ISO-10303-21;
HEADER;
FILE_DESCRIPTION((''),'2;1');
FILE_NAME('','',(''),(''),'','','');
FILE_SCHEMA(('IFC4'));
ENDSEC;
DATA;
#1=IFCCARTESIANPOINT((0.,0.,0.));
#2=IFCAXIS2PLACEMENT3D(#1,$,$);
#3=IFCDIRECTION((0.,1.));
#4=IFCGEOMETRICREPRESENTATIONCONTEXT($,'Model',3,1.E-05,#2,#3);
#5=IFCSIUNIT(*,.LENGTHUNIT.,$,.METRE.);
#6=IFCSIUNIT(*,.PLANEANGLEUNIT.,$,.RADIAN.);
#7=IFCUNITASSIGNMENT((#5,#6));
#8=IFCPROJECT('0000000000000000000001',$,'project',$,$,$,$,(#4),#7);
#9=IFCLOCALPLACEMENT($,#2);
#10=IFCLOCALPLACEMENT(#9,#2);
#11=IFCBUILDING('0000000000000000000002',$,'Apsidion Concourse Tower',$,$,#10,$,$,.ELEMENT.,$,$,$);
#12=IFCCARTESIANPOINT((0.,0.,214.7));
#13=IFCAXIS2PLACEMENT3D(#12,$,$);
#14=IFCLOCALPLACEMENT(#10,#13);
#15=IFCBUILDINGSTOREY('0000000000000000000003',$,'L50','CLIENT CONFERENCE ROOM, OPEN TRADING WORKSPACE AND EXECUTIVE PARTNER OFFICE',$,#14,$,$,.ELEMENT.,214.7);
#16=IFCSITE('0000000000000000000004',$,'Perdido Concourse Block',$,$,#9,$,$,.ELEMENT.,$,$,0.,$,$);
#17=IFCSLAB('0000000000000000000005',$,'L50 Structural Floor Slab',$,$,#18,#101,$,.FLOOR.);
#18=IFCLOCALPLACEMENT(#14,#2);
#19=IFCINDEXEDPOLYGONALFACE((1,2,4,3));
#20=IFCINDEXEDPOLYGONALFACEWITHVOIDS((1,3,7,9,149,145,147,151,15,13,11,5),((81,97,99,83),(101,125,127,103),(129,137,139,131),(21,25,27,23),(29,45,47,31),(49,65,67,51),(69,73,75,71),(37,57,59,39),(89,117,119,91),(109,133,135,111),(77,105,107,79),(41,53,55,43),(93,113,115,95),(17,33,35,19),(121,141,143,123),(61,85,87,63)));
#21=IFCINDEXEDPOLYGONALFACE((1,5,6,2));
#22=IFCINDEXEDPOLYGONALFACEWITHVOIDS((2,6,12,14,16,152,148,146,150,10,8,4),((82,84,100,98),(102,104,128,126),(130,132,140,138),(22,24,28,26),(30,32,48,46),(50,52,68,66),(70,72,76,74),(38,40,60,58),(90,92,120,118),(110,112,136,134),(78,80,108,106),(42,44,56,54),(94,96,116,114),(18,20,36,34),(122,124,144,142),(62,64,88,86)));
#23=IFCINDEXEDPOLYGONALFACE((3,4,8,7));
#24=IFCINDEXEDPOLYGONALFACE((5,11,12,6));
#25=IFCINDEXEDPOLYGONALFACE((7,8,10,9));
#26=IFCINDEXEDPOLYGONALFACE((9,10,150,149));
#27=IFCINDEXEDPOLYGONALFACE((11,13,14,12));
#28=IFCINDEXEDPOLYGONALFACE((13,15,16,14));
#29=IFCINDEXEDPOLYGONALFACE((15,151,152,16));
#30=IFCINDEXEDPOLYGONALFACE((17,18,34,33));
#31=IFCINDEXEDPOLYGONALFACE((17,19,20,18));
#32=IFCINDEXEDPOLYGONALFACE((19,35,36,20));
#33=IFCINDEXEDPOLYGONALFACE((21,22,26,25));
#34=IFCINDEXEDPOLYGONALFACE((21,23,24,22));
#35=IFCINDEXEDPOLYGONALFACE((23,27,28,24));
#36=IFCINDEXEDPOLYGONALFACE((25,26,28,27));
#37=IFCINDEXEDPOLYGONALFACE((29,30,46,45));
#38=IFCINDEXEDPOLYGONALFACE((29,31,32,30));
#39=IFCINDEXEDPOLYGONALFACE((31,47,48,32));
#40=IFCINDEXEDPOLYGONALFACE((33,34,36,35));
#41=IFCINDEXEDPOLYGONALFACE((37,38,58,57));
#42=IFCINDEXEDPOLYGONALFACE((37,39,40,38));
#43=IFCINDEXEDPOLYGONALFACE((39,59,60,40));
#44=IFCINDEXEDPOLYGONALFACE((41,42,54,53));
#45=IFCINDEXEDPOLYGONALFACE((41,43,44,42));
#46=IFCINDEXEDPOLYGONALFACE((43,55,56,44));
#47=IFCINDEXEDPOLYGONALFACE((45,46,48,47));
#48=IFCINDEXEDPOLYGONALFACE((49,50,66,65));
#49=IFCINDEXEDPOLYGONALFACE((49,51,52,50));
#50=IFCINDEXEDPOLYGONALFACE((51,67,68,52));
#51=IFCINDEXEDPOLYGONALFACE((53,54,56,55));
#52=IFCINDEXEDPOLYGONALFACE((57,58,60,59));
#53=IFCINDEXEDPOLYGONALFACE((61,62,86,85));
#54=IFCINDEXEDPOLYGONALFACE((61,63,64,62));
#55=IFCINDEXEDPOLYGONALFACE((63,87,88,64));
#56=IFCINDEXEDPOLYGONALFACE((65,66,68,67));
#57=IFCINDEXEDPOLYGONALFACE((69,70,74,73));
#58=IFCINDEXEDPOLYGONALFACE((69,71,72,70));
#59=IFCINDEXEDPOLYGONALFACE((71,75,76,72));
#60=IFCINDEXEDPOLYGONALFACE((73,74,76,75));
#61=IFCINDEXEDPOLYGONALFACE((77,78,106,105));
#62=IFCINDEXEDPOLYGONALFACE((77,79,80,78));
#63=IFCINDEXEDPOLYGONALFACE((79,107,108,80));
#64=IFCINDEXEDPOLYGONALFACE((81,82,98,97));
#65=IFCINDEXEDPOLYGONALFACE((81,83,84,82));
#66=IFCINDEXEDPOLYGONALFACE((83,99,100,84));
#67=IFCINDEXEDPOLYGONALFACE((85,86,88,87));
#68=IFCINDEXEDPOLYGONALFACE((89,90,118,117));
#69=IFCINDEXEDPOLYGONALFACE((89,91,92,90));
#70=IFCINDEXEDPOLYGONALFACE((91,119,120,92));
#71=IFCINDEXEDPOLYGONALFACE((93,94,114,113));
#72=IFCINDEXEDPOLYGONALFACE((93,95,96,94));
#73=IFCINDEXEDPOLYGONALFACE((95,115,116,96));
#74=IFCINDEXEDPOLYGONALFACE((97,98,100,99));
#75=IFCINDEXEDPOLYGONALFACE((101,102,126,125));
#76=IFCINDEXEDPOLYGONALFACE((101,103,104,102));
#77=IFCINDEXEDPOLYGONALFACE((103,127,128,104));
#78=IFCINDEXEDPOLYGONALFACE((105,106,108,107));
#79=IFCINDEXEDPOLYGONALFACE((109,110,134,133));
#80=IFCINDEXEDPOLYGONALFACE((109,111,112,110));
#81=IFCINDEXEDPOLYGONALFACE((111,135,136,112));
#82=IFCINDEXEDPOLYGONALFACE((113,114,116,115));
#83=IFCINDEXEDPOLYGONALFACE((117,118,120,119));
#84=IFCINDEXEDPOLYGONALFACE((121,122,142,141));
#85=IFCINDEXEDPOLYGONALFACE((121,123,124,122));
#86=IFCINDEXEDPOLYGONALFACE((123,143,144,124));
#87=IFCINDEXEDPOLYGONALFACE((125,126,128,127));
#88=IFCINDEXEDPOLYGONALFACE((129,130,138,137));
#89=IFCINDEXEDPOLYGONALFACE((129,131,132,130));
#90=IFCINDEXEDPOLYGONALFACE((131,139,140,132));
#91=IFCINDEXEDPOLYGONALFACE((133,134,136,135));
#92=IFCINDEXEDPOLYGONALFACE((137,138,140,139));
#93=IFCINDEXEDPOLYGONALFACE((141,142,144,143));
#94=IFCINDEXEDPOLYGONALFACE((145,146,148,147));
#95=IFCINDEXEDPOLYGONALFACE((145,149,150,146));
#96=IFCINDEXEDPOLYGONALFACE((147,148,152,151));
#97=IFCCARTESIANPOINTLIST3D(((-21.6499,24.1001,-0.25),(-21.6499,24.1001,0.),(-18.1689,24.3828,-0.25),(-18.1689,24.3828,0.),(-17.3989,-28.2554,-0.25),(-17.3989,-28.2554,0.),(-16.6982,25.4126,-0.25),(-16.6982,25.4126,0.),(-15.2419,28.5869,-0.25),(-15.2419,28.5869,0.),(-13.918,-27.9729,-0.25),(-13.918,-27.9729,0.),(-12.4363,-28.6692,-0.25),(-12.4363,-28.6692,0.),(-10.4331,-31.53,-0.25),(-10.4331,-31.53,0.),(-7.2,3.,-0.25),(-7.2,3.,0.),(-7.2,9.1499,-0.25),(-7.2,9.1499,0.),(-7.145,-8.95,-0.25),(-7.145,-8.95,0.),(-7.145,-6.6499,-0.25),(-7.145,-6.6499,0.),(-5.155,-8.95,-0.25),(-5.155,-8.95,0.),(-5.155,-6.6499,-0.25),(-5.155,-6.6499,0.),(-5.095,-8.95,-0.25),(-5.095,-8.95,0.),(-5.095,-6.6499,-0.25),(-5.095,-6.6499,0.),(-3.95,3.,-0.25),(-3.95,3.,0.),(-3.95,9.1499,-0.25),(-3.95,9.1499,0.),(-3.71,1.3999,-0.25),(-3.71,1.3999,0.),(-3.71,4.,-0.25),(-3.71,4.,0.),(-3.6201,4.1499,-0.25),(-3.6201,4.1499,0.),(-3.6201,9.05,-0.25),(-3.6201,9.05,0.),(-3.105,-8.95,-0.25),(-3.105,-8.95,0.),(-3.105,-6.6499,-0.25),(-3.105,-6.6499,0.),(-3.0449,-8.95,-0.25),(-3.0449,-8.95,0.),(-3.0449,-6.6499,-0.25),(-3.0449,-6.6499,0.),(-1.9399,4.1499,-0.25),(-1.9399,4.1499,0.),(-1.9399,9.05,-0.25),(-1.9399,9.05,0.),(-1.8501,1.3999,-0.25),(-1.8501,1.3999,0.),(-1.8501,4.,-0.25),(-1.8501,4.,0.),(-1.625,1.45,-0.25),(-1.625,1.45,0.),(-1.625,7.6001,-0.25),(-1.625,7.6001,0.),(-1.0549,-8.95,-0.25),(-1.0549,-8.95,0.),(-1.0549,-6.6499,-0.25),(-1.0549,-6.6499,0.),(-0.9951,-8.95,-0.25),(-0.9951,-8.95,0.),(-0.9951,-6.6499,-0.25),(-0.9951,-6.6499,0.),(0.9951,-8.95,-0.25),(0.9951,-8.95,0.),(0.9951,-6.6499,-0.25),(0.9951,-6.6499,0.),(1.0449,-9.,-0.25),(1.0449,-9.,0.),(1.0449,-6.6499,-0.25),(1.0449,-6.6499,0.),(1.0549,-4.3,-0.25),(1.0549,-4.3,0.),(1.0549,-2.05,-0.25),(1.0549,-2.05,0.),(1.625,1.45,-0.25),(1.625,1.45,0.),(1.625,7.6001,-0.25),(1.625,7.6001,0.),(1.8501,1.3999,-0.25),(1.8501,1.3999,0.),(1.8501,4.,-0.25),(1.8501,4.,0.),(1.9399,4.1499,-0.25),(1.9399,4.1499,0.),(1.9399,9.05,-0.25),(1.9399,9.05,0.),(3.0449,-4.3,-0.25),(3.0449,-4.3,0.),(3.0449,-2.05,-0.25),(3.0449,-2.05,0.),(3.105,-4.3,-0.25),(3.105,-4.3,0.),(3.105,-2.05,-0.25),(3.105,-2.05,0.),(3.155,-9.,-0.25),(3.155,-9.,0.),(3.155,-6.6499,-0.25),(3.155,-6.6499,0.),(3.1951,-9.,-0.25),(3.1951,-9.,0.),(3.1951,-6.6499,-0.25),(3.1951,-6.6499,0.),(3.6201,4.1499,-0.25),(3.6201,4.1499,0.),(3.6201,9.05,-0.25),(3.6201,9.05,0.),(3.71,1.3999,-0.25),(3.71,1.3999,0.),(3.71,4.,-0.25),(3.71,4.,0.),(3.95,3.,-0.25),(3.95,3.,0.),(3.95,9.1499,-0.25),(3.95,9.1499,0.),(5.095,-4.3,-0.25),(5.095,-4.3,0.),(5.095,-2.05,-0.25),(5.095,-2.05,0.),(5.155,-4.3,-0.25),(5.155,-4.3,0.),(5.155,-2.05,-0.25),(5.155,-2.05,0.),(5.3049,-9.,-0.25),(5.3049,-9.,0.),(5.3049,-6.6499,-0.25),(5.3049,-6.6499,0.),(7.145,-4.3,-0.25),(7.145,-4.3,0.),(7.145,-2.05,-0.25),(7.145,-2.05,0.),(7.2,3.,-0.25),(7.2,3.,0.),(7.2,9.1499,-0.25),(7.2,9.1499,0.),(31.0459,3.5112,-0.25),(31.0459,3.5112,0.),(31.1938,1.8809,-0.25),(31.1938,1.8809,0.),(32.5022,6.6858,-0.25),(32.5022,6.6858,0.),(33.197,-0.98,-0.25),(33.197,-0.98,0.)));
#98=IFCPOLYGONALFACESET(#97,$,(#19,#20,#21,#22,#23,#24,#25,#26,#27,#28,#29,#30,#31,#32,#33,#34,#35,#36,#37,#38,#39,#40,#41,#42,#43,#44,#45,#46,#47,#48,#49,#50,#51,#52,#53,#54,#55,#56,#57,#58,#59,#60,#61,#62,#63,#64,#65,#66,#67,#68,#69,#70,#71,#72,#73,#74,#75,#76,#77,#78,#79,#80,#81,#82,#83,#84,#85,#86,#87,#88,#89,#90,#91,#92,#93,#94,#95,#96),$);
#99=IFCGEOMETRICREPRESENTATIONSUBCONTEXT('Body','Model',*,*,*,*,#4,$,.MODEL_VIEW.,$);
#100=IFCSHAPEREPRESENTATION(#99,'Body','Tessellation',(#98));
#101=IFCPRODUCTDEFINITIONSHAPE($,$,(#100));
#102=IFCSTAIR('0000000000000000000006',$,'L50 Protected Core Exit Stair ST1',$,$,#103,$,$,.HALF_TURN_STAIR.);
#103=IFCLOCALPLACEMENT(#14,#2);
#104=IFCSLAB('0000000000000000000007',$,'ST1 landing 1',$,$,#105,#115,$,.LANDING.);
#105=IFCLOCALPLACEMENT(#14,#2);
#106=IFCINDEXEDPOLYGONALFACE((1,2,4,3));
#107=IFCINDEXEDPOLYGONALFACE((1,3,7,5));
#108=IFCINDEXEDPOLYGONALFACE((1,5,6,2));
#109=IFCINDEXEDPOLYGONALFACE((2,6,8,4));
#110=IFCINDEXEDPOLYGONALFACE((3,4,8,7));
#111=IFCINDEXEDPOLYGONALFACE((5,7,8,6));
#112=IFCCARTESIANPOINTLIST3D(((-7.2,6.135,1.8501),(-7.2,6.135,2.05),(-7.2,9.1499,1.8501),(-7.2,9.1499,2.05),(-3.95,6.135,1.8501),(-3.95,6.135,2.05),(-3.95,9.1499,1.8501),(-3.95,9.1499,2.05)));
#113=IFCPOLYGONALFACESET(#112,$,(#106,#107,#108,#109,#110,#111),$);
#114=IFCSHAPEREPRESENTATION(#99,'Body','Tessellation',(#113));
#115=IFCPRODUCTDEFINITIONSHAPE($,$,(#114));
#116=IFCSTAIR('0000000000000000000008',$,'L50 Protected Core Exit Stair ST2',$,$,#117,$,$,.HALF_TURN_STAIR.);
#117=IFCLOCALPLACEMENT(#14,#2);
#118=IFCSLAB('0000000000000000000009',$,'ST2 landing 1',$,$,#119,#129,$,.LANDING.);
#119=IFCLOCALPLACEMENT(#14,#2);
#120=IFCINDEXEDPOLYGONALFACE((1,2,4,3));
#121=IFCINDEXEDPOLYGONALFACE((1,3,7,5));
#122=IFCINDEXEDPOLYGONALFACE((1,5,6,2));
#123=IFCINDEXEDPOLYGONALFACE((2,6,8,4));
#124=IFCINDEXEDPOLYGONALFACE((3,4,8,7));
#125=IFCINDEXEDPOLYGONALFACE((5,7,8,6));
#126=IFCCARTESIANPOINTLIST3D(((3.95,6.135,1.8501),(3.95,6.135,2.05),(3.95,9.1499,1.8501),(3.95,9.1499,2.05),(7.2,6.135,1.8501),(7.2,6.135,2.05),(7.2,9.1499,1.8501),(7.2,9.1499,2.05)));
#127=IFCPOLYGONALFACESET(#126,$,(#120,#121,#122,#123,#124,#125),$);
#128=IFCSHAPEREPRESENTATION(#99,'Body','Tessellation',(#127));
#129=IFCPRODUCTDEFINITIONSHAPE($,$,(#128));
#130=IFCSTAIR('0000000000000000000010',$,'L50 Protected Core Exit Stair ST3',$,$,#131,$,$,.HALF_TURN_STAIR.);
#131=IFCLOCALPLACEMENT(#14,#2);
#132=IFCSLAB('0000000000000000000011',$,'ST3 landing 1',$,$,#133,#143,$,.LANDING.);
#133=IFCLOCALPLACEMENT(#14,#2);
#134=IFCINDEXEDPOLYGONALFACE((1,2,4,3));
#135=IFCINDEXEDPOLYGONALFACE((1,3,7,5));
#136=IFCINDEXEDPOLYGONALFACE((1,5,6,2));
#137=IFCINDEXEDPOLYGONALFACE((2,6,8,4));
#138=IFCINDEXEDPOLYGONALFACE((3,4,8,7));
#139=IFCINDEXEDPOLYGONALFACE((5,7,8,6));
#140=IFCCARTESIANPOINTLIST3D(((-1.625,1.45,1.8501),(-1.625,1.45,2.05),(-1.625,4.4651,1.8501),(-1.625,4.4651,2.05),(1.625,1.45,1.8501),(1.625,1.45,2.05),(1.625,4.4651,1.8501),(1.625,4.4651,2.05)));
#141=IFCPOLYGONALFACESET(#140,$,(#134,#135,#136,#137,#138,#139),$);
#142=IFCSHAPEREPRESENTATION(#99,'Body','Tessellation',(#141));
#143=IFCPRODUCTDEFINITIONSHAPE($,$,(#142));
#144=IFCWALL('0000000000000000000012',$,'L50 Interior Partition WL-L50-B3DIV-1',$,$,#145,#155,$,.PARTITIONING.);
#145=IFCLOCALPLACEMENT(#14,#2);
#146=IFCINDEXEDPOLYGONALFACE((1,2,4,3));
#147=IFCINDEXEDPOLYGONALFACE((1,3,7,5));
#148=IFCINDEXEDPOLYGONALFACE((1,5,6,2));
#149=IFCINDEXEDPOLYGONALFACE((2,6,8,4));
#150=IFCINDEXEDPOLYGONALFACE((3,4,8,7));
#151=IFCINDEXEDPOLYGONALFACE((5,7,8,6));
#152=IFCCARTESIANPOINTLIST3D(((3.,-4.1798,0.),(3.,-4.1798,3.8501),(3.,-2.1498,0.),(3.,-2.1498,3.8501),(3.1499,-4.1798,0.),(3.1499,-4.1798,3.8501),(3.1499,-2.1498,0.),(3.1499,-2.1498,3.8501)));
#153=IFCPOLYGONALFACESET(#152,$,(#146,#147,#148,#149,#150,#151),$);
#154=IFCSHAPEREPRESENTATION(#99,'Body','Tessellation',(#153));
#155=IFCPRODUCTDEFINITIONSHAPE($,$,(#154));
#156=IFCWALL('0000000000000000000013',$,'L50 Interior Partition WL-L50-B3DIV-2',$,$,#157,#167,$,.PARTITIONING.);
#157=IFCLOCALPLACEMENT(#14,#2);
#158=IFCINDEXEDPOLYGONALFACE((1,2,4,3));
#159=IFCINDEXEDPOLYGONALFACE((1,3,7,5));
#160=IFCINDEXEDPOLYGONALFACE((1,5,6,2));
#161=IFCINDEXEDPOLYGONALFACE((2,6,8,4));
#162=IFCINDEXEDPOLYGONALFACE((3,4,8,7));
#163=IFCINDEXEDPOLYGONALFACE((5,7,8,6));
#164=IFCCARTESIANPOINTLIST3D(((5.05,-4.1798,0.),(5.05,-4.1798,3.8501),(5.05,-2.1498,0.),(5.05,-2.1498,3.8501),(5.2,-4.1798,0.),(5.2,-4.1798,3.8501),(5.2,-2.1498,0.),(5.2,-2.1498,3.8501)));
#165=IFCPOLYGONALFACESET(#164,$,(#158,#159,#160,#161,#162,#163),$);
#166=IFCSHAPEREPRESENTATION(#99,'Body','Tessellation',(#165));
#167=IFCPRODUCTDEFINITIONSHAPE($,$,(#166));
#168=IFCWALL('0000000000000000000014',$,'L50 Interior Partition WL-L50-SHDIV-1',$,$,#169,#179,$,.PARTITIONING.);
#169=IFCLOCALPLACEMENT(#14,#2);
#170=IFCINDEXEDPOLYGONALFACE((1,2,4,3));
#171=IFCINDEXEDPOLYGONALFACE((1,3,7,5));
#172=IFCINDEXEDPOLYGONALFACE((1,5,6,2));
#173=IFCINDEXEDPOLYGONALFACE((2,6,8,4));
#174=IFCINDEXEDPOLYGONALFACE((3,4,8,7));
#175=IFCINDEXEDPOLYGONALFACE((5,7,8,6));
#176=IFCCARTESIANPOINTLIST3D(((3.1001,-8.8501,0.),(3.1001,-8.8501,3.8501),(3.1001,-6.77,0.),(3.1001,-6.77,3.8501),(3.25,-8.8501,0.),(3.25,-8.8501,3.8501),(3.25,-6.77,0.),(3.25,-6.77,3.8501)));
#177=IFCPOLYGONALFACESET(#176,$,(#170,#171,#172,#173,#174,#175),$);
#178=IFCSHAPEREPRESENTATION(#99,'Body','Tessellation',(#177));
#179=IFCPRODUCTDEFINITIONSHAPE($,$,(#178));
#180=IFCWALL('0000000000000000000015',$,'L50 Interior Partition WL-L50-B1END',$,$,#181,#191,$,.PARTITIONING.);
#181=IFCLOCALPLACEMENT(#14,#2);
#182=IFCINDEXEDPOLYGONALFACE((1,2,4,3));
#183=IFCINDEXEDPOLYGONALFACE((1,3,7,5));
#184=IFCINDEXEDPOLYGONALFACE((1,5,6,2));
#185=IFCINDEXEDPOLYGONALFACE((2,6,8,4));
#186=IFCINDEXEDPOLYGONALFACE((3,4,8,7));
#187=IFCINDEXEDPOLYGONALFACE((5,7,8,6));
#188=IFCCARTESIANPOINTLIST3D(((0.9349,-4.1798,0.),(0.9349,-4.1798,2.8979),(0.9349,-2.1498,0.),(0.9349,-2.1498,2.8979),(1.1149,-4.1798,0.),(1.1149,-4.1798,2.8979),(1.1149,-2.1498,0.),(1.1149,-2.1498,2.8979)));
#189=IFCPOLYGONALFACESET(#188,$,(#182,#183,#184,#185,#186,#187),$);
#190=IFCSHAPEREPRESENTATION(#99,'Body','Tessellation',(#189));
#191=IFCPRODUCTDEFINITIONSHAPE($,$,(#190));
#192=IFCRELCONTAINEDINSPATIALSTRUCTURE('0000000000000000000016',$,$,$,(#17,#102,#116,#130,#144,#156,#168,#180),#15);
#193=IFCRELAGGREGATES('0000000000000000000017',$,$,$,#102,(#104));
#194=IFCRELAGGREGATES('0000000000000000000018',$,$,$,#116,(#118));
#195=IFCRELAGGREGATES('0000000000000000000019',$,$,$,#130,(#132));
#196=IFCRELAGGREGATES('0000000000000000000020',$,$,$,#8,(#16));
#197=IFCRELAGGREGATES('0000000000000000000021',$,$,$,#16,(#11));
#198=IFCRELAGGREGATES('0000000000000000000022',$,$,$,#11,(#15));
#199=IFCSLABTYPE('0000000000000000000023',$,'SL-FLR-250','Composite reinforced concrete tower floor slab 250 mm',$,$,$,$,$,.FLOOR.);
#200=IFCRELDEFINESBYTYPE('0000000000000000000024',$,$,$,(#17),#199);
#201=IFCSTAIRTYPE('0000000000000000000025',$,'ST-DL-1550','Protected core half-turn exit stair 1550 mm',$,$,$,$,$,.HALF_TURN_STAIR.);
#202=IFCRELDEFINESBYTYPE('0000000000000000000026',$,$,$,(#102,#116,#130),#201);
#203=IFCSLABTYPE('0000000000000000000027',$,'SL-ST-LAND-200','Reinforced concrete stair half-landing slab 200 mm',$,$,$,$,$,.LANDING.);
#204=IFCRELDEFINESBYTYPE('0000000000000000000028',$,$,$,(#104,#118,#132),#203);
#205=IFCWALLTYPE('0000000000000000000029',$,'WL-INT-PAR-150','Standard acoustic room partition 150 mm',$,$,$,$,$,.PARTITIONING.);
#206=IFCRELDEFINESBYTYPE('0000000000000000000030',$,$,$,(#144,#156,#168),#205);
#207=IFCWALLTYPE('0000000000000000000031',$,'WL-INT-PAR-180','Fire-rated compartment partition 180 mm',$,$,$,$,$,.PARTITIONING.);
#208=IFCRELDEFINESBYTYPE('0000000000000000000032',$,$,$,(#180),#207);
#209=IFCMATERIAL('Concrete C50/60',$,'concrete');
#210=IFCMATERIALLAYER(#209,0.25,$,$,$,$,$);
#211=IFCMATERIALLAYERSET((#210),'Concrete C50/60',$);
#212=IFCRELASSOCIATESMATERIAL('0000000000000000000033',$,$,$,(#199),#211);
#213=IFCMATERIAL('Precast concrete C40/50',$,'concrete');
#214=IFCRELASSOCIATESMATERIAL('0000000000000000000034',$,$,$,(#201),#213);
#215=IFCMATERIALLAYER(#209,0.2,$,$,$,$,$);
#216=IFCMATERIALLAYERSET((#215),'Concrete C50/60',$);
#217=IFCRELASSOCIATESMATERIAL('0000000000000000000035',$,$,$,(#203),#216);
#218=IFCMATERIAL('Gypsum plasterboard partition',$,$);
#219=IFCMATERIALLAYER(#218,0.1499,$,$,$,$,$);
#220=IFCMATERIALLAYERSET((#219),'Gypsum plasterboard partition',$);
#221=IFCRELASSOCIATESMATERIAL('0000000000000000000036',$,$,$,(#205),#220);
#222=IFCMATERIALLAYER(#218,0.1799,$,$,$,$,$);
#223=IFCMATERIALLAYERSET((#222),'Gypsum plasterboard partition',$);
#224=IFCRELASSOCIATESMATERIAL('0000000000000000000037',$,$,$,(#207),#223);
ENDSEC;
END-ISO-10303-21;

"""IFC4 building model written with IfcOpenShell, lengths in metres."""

from ifc_helpers import new_model, si_unit, direction, frame, frame_2d, origin, place, context, subcontext, project, spatial, polyline, rectangle, outline, extrude, material, layer, layer_set, type_object, element, aggregate, save


model = new_model("IFC4")

# Units and contexts
model_context = context("Model", 3, precision=1e-05, world=origin(), true_north=direction((0.0, 1.0)))
body_context = subcontext(model_context, "Body", "Model", "MODEL_VIEW")
ifc_project = project(units=[si_unit("LENGTHUNIT", "METRE"), si_unit("PLANEANGLEUNIT", "RADIAN")], contexts=[model_context])

# Site, building, storey
site_placement = place(None, origin())
site = spatial("IfcSite", under=ifc_project, at=site_placement, Name="Perdido Concourse Block", CompositionType="ELEMENT", RefElevation=0.0)
building_placement = place(site_placement, origin())
building = spatial("IfcBuilding", under=site, at=building_placement, Name="Apsidion Concourse Tower", CompositionType="ELEMENT")
storey_placement = place(building_placement, frame((0.0, 0.0, 214.7)))
storey = spatial("IfcBuildingStorey", under=building, at=storey_placement, Name="L50", Description="CLIENT CONFERENCE ROOM, OPEN TRADING WORKSPACE AND EXECUTIVE PARTNER OFFICE", CompositionType="ELEMENT", Elevation=214.7)

# Shared definitions
ifc_material_1 = material(Name="Concrete C50/60", Category="concrete")

# Slab
ifc_layer_1 = layer(ifc_material_1, 0.25)
ifc_layer_set_1 = layer_set([ifc_layer_1], Name="Concrete C50/60")
slab_type_1 = type_object("IfcSlabType", Name="SL-FLR-250", Description="Composite reinforced concrete tower floor slab 250 mm", PredefinedType="FLOOR", material=ifc_layer_set_1)
slab_1_placement = place(storey_placement, frame((0.0, 0.0, -0.25)))
element("IfcSlab", 1, at=slab_1_placement, inside=storey, type_object=slab_type_1, Name="L50 Structural Floor Slab", PredefinedType="FLOOR", context=body_context, shape_type="SweptSolid", body=[
    extrude(outline(polyline([(-15.2419, 28.5869), (-16.6982, 25.4126), (-18.1689, 24.3828), (-21.6499, 24.1001), (-17.3989, -28.2554), (-13.918, -27.9729), (-12.4363, -28.6692), (-10.4331, -31.53), (33.197, -0.98), (31.1938, 1.8809), (31.0459, 3.5112), (32.5022, 6.6858), (-15.2419, 28.5869)]), holes=[polyline([(-3.95, 3.0), (-3.95, 9.1499), (-7.2, 9.1499), (-7.2, 3.0), (-3.95, 3.0)]), polyline([(7.2, 3.0), (7.2, 9.1499), (3.95, 9.1499), (3.95, 3.0), (7.2, 3.0)]), polyline([(-1.625, 7.6001), (-1.625, 1.45), (1.625, 1.45), (1.625, 7.6001), (-1.625, 7.6001)]), polyline([(1.0549, -4.3), (3.0449, -4.3), (3.0449, -2.05), (1.0549, -2.05), (1.0549, -4.3)]), polyline([(3.105, -4.3), (5.095, -4.3), (5.095, -2.05), (3.105, -2.05), (3.105, -4.3)]), polyline([(5.155, -4.3), (7.145, -4.3), (7.145, -2.05), (5.155, -2.05), (5.155, -4.3)]), polyline([(-7.145, -8.95), (-5.155, -8.95), (-5.155, -6.6499), (-7.145, -6.6499), (-7.145, -8.95)]), polyline([(-5.095, -8.95), (-3.105, -8.95), (-3.105, -6.6499), (-5.095, -6.6499), (-5.095, -8.95)]), polyline([(-3.0449, -8.95), (-1.0549, -8.95), (-1.0549, -6.6499), (-3.0449, -6.6499), (-3.0449, -8.95)]), polyline([(-0.9951, -8.95), (0.9951, -8.95), (0.9951, -6.6499), (-0.9951, -6.6499), (-0.9951, -8.95)]), polyline([(1.0449, -9.0), (3.155, -9.0), (3.155, -6.6499), (1.0449, -6.6499), (1.0449, -9.0)]), polyline([(3.1951, -9.0), (5.3049, -9.0), (5.3049, -6.6499), (3.1951, -6.6499), (3.1951, -9.0)]), polyline([(-3.71, 1.3999), (-1.8501, 1.3999), (-1.8501, 4.0), (-3.71, 4.0), (-3.71, 1.3999)]), polyline([(1.8501, 1.3999), (3.71, 1.3999), (3.71, 4.0), (1.8501, 4.0), (1.8501, 1.3999)]), polyline([(-3.6201, 4.1499), (-1.9399, 4.1499), (-1.9399, 9.05), (-3.6201, 9.05), (-3.6201, 4.1499)]), polyline([(1.9399, 4.1499), (3.6201, 4.1499), (3.6201, 9.05), (1.9399, 9.05), (1.9399, 4.1499)])]), origin(), (0.0, 0.0, 1.0), 0.25),
])

# Stairs, slabs
ifc_material_2 = material(Name="Precast concrete C40/50", Category="concrete")
stair_type = type_object("IfcStairType", Name="ST-DL-1550", Description="Protected core half-turn exit stair 1550 mm", PredefinedType="HALF_TURN_STAIR", material=ifc_material_2)
stair_1_placement = place(storey_placement, origin())
stair_1 = element("IfcStair", 2, at=stair_1_placement, inside=storey, type_object=stair_type, Name="L50 Protected Core Exit Stair ST1", PredefinedType="HALF_TURN_STAIR")
ifc_layer_2 = layer(ifc_material_1, 0.2)
ifc_layer_set_2 = layer_set([ifc_layer_2], Name="Concrete C50/60")
slab_type_2 = type_object("IfcSlabType", Name="SL-ST-LAND-200", Description="Reinforced concrete stair half-landing slab 200 mm", PredefinedType="LANDING", material=ifc_layer_set_2)
slab_2_placement = place(storey_placement, frame((0.0, 0.0, 1.8501)))
slab_2 = element("IfcSlab", 3, at=slab_2_placement, type_object=slab_type_2, Name="ST1 landing 1", PredefinedType="LANDING", context=body_context, shape_type="SweptSolid", body=[
    extrude(outline(polyline([(-3.95, 6.135), (-3.95, 9.1499), (-7.2, 9.1499), (-7.2, 6.135), (-3.95, 6.135)])), origin(), (0.0, 0.0, 1.0), 0.2),
])
aggregate(stair_1, [slab_2])
stair_2_placement = place(storey_placement, origin())
stair_2 = element("IfcStair", 4, at=stair_2_placement, inside=storey, type_object=stair_type, Name="L50 Protected Core Exit Stair ST2", PredefinedType="HALF_TURN_STAIR")
slab_3_placement = place(storey_placement, frame((0.0, 0.0, 1.8501)))
slab_3 = element("IfcSlab", 5, at=slab_3_placement, type_object=slab_type_2, Name="ST2 landing 1", PredefinedType="LANDING", context=body_context, shape_type="SweptSolid", body=[
    extrude(outline(polyline([(7.2, 6.135), (7.2, 9.1499), (3.95, 9.1499), (3.95, 6.135), (7.2, 6.135)])), origin(), (0.0, 0.0, 1.0), 0.2),
])
aggregate(stair_2, [slab_3])
stair_3_placement = place(storey_placement, origin())
stair_3 = element("IfcStair", 6, at=stair_3_placement, inside=storey, type_object=stair_type, Name="L50 Protected Core Exit Stair ST3", PredefinedType="HALF_TURN_STAIR")
slab_4_placement = place(storey_placement, frame((0.0, 0.0, 1.8501)))
slab_4 = element("IfcSlab", 7, at=slab_4_placement, type_object=slab_type_2, Name="ST3 landing 1", PredefinedType="LANDING", context=body_context, shape_type="SweptSolid", body=[
    extrude(outline(polyline([(-1.625, 4.4651), (-1.625, 1.45), (1.625, 1.45), (1.625, 4.4651), (-1.625, 4.4651)])), origin(), (0.0, 0.0, 1.0), 0.2),
])
aggregate(stair_3, [slab_4])

# Walls
ifc_material_3 = material(Name="Gypsum plasterboard partition")
ifc_layer_3 = layer(ifc_material_3, 0.1499)
ifc_layer_set_3 = layer_set([ifc_layer_3], Name="Gypsum plasterboard partition")
wall_type_1 = type_object("IfcWallType", Name="WL-INT-PAR-150", Description="Standard acoustic room partition 150 mm", PredefinedType="PARTITIONING", material=ifc_layer_set_3)
for number, where, z_axis, x_axis, name in (
    (8, (3.075, -4.1799, 0.0), (0.0, 0.0, 1.0), (0.0, 1.0, 0.0), "L50 Interior Partition WL-L50-B3DIV-1"),
    (9, (5.125, -4.1799, 0.0), (0.0, 0.0, 1.0), (0.0, 1.0, 0.0), "L50 Interior Partition WL-L50-B3DIV-2"),
):
    element("IfcWall", number, at=place(storey_placement, frame(where, z_axis=z_axis, x_axis=x_axis)), inside=storey, type_object=wall_type_1, Name=name, PredefinedType="PARTITIONING", context=body_context, shape_type="SweptSolid", body=[
        extrude(rectangle(XDim=2.03, YDim=0.1499, at=frame_2d((1.0151, 0.0))), origin(), (0.0, 0.0, 1.0), 3.8501),
    ])
wall_1_placement = place(storey_placement, frame((3.175, -8.8501, 0.0), z_axis=(0.0, 0.0, 1.0), x_axis=(0.0, 1.0, 0.0)))
element("IfcWall", 10, at=wall_1_placement, inside=storey, type_object=wall_type_1, Name="L50 Interior Partition WL-L50-SHDIV-1", PredefinedType="PARTITIONING", context=body_context, shape_type="SweptSolid", body=[
    extrude(rectangle(XDim=2.0801, YDim=0.1499, at=frame_2d((1.04, 0.0))), origin(), (0.0, 0.0, 1.0), 3.8501),
])
ifc_layer_4 = layer(ifc_material_3, 0.1799)
ifc_layer_set_4 = layer_set([ifc_layer_4], Name="Gypsum plasterboard partition")
wall_type_2 = type_object("IfcWallType", Name="WL-INT-PAR-180", Description="Fire-rated compartment partition 180 mm", PredefinedType="PARTITIONING", material=ifc_layer_set_4)
wall_2_placement = place(storey_placement, frame((1.0249, -4.1799, 0.0), z_axis=(0.0, 0.0, 1.0), x_axis=(0.0, 1.0, 0.0)))
element("IfcWall", 11, at=wall_2_placement, inside=storey, type_object=wall_type_2, Name="L50 Interior Partition WL-L50-B1END", PredefinedType="PARTITIONING", context=body_context, shape_type="SweptSolid", body=[
    extrude(rectangle(XDim=2.03, YDim=0.1799, at=frame_2d((1.0151, 0.0))), origin(), (0.0, 0.0, 1.0), 2.8979),
])

save(model, "model.ifc")
